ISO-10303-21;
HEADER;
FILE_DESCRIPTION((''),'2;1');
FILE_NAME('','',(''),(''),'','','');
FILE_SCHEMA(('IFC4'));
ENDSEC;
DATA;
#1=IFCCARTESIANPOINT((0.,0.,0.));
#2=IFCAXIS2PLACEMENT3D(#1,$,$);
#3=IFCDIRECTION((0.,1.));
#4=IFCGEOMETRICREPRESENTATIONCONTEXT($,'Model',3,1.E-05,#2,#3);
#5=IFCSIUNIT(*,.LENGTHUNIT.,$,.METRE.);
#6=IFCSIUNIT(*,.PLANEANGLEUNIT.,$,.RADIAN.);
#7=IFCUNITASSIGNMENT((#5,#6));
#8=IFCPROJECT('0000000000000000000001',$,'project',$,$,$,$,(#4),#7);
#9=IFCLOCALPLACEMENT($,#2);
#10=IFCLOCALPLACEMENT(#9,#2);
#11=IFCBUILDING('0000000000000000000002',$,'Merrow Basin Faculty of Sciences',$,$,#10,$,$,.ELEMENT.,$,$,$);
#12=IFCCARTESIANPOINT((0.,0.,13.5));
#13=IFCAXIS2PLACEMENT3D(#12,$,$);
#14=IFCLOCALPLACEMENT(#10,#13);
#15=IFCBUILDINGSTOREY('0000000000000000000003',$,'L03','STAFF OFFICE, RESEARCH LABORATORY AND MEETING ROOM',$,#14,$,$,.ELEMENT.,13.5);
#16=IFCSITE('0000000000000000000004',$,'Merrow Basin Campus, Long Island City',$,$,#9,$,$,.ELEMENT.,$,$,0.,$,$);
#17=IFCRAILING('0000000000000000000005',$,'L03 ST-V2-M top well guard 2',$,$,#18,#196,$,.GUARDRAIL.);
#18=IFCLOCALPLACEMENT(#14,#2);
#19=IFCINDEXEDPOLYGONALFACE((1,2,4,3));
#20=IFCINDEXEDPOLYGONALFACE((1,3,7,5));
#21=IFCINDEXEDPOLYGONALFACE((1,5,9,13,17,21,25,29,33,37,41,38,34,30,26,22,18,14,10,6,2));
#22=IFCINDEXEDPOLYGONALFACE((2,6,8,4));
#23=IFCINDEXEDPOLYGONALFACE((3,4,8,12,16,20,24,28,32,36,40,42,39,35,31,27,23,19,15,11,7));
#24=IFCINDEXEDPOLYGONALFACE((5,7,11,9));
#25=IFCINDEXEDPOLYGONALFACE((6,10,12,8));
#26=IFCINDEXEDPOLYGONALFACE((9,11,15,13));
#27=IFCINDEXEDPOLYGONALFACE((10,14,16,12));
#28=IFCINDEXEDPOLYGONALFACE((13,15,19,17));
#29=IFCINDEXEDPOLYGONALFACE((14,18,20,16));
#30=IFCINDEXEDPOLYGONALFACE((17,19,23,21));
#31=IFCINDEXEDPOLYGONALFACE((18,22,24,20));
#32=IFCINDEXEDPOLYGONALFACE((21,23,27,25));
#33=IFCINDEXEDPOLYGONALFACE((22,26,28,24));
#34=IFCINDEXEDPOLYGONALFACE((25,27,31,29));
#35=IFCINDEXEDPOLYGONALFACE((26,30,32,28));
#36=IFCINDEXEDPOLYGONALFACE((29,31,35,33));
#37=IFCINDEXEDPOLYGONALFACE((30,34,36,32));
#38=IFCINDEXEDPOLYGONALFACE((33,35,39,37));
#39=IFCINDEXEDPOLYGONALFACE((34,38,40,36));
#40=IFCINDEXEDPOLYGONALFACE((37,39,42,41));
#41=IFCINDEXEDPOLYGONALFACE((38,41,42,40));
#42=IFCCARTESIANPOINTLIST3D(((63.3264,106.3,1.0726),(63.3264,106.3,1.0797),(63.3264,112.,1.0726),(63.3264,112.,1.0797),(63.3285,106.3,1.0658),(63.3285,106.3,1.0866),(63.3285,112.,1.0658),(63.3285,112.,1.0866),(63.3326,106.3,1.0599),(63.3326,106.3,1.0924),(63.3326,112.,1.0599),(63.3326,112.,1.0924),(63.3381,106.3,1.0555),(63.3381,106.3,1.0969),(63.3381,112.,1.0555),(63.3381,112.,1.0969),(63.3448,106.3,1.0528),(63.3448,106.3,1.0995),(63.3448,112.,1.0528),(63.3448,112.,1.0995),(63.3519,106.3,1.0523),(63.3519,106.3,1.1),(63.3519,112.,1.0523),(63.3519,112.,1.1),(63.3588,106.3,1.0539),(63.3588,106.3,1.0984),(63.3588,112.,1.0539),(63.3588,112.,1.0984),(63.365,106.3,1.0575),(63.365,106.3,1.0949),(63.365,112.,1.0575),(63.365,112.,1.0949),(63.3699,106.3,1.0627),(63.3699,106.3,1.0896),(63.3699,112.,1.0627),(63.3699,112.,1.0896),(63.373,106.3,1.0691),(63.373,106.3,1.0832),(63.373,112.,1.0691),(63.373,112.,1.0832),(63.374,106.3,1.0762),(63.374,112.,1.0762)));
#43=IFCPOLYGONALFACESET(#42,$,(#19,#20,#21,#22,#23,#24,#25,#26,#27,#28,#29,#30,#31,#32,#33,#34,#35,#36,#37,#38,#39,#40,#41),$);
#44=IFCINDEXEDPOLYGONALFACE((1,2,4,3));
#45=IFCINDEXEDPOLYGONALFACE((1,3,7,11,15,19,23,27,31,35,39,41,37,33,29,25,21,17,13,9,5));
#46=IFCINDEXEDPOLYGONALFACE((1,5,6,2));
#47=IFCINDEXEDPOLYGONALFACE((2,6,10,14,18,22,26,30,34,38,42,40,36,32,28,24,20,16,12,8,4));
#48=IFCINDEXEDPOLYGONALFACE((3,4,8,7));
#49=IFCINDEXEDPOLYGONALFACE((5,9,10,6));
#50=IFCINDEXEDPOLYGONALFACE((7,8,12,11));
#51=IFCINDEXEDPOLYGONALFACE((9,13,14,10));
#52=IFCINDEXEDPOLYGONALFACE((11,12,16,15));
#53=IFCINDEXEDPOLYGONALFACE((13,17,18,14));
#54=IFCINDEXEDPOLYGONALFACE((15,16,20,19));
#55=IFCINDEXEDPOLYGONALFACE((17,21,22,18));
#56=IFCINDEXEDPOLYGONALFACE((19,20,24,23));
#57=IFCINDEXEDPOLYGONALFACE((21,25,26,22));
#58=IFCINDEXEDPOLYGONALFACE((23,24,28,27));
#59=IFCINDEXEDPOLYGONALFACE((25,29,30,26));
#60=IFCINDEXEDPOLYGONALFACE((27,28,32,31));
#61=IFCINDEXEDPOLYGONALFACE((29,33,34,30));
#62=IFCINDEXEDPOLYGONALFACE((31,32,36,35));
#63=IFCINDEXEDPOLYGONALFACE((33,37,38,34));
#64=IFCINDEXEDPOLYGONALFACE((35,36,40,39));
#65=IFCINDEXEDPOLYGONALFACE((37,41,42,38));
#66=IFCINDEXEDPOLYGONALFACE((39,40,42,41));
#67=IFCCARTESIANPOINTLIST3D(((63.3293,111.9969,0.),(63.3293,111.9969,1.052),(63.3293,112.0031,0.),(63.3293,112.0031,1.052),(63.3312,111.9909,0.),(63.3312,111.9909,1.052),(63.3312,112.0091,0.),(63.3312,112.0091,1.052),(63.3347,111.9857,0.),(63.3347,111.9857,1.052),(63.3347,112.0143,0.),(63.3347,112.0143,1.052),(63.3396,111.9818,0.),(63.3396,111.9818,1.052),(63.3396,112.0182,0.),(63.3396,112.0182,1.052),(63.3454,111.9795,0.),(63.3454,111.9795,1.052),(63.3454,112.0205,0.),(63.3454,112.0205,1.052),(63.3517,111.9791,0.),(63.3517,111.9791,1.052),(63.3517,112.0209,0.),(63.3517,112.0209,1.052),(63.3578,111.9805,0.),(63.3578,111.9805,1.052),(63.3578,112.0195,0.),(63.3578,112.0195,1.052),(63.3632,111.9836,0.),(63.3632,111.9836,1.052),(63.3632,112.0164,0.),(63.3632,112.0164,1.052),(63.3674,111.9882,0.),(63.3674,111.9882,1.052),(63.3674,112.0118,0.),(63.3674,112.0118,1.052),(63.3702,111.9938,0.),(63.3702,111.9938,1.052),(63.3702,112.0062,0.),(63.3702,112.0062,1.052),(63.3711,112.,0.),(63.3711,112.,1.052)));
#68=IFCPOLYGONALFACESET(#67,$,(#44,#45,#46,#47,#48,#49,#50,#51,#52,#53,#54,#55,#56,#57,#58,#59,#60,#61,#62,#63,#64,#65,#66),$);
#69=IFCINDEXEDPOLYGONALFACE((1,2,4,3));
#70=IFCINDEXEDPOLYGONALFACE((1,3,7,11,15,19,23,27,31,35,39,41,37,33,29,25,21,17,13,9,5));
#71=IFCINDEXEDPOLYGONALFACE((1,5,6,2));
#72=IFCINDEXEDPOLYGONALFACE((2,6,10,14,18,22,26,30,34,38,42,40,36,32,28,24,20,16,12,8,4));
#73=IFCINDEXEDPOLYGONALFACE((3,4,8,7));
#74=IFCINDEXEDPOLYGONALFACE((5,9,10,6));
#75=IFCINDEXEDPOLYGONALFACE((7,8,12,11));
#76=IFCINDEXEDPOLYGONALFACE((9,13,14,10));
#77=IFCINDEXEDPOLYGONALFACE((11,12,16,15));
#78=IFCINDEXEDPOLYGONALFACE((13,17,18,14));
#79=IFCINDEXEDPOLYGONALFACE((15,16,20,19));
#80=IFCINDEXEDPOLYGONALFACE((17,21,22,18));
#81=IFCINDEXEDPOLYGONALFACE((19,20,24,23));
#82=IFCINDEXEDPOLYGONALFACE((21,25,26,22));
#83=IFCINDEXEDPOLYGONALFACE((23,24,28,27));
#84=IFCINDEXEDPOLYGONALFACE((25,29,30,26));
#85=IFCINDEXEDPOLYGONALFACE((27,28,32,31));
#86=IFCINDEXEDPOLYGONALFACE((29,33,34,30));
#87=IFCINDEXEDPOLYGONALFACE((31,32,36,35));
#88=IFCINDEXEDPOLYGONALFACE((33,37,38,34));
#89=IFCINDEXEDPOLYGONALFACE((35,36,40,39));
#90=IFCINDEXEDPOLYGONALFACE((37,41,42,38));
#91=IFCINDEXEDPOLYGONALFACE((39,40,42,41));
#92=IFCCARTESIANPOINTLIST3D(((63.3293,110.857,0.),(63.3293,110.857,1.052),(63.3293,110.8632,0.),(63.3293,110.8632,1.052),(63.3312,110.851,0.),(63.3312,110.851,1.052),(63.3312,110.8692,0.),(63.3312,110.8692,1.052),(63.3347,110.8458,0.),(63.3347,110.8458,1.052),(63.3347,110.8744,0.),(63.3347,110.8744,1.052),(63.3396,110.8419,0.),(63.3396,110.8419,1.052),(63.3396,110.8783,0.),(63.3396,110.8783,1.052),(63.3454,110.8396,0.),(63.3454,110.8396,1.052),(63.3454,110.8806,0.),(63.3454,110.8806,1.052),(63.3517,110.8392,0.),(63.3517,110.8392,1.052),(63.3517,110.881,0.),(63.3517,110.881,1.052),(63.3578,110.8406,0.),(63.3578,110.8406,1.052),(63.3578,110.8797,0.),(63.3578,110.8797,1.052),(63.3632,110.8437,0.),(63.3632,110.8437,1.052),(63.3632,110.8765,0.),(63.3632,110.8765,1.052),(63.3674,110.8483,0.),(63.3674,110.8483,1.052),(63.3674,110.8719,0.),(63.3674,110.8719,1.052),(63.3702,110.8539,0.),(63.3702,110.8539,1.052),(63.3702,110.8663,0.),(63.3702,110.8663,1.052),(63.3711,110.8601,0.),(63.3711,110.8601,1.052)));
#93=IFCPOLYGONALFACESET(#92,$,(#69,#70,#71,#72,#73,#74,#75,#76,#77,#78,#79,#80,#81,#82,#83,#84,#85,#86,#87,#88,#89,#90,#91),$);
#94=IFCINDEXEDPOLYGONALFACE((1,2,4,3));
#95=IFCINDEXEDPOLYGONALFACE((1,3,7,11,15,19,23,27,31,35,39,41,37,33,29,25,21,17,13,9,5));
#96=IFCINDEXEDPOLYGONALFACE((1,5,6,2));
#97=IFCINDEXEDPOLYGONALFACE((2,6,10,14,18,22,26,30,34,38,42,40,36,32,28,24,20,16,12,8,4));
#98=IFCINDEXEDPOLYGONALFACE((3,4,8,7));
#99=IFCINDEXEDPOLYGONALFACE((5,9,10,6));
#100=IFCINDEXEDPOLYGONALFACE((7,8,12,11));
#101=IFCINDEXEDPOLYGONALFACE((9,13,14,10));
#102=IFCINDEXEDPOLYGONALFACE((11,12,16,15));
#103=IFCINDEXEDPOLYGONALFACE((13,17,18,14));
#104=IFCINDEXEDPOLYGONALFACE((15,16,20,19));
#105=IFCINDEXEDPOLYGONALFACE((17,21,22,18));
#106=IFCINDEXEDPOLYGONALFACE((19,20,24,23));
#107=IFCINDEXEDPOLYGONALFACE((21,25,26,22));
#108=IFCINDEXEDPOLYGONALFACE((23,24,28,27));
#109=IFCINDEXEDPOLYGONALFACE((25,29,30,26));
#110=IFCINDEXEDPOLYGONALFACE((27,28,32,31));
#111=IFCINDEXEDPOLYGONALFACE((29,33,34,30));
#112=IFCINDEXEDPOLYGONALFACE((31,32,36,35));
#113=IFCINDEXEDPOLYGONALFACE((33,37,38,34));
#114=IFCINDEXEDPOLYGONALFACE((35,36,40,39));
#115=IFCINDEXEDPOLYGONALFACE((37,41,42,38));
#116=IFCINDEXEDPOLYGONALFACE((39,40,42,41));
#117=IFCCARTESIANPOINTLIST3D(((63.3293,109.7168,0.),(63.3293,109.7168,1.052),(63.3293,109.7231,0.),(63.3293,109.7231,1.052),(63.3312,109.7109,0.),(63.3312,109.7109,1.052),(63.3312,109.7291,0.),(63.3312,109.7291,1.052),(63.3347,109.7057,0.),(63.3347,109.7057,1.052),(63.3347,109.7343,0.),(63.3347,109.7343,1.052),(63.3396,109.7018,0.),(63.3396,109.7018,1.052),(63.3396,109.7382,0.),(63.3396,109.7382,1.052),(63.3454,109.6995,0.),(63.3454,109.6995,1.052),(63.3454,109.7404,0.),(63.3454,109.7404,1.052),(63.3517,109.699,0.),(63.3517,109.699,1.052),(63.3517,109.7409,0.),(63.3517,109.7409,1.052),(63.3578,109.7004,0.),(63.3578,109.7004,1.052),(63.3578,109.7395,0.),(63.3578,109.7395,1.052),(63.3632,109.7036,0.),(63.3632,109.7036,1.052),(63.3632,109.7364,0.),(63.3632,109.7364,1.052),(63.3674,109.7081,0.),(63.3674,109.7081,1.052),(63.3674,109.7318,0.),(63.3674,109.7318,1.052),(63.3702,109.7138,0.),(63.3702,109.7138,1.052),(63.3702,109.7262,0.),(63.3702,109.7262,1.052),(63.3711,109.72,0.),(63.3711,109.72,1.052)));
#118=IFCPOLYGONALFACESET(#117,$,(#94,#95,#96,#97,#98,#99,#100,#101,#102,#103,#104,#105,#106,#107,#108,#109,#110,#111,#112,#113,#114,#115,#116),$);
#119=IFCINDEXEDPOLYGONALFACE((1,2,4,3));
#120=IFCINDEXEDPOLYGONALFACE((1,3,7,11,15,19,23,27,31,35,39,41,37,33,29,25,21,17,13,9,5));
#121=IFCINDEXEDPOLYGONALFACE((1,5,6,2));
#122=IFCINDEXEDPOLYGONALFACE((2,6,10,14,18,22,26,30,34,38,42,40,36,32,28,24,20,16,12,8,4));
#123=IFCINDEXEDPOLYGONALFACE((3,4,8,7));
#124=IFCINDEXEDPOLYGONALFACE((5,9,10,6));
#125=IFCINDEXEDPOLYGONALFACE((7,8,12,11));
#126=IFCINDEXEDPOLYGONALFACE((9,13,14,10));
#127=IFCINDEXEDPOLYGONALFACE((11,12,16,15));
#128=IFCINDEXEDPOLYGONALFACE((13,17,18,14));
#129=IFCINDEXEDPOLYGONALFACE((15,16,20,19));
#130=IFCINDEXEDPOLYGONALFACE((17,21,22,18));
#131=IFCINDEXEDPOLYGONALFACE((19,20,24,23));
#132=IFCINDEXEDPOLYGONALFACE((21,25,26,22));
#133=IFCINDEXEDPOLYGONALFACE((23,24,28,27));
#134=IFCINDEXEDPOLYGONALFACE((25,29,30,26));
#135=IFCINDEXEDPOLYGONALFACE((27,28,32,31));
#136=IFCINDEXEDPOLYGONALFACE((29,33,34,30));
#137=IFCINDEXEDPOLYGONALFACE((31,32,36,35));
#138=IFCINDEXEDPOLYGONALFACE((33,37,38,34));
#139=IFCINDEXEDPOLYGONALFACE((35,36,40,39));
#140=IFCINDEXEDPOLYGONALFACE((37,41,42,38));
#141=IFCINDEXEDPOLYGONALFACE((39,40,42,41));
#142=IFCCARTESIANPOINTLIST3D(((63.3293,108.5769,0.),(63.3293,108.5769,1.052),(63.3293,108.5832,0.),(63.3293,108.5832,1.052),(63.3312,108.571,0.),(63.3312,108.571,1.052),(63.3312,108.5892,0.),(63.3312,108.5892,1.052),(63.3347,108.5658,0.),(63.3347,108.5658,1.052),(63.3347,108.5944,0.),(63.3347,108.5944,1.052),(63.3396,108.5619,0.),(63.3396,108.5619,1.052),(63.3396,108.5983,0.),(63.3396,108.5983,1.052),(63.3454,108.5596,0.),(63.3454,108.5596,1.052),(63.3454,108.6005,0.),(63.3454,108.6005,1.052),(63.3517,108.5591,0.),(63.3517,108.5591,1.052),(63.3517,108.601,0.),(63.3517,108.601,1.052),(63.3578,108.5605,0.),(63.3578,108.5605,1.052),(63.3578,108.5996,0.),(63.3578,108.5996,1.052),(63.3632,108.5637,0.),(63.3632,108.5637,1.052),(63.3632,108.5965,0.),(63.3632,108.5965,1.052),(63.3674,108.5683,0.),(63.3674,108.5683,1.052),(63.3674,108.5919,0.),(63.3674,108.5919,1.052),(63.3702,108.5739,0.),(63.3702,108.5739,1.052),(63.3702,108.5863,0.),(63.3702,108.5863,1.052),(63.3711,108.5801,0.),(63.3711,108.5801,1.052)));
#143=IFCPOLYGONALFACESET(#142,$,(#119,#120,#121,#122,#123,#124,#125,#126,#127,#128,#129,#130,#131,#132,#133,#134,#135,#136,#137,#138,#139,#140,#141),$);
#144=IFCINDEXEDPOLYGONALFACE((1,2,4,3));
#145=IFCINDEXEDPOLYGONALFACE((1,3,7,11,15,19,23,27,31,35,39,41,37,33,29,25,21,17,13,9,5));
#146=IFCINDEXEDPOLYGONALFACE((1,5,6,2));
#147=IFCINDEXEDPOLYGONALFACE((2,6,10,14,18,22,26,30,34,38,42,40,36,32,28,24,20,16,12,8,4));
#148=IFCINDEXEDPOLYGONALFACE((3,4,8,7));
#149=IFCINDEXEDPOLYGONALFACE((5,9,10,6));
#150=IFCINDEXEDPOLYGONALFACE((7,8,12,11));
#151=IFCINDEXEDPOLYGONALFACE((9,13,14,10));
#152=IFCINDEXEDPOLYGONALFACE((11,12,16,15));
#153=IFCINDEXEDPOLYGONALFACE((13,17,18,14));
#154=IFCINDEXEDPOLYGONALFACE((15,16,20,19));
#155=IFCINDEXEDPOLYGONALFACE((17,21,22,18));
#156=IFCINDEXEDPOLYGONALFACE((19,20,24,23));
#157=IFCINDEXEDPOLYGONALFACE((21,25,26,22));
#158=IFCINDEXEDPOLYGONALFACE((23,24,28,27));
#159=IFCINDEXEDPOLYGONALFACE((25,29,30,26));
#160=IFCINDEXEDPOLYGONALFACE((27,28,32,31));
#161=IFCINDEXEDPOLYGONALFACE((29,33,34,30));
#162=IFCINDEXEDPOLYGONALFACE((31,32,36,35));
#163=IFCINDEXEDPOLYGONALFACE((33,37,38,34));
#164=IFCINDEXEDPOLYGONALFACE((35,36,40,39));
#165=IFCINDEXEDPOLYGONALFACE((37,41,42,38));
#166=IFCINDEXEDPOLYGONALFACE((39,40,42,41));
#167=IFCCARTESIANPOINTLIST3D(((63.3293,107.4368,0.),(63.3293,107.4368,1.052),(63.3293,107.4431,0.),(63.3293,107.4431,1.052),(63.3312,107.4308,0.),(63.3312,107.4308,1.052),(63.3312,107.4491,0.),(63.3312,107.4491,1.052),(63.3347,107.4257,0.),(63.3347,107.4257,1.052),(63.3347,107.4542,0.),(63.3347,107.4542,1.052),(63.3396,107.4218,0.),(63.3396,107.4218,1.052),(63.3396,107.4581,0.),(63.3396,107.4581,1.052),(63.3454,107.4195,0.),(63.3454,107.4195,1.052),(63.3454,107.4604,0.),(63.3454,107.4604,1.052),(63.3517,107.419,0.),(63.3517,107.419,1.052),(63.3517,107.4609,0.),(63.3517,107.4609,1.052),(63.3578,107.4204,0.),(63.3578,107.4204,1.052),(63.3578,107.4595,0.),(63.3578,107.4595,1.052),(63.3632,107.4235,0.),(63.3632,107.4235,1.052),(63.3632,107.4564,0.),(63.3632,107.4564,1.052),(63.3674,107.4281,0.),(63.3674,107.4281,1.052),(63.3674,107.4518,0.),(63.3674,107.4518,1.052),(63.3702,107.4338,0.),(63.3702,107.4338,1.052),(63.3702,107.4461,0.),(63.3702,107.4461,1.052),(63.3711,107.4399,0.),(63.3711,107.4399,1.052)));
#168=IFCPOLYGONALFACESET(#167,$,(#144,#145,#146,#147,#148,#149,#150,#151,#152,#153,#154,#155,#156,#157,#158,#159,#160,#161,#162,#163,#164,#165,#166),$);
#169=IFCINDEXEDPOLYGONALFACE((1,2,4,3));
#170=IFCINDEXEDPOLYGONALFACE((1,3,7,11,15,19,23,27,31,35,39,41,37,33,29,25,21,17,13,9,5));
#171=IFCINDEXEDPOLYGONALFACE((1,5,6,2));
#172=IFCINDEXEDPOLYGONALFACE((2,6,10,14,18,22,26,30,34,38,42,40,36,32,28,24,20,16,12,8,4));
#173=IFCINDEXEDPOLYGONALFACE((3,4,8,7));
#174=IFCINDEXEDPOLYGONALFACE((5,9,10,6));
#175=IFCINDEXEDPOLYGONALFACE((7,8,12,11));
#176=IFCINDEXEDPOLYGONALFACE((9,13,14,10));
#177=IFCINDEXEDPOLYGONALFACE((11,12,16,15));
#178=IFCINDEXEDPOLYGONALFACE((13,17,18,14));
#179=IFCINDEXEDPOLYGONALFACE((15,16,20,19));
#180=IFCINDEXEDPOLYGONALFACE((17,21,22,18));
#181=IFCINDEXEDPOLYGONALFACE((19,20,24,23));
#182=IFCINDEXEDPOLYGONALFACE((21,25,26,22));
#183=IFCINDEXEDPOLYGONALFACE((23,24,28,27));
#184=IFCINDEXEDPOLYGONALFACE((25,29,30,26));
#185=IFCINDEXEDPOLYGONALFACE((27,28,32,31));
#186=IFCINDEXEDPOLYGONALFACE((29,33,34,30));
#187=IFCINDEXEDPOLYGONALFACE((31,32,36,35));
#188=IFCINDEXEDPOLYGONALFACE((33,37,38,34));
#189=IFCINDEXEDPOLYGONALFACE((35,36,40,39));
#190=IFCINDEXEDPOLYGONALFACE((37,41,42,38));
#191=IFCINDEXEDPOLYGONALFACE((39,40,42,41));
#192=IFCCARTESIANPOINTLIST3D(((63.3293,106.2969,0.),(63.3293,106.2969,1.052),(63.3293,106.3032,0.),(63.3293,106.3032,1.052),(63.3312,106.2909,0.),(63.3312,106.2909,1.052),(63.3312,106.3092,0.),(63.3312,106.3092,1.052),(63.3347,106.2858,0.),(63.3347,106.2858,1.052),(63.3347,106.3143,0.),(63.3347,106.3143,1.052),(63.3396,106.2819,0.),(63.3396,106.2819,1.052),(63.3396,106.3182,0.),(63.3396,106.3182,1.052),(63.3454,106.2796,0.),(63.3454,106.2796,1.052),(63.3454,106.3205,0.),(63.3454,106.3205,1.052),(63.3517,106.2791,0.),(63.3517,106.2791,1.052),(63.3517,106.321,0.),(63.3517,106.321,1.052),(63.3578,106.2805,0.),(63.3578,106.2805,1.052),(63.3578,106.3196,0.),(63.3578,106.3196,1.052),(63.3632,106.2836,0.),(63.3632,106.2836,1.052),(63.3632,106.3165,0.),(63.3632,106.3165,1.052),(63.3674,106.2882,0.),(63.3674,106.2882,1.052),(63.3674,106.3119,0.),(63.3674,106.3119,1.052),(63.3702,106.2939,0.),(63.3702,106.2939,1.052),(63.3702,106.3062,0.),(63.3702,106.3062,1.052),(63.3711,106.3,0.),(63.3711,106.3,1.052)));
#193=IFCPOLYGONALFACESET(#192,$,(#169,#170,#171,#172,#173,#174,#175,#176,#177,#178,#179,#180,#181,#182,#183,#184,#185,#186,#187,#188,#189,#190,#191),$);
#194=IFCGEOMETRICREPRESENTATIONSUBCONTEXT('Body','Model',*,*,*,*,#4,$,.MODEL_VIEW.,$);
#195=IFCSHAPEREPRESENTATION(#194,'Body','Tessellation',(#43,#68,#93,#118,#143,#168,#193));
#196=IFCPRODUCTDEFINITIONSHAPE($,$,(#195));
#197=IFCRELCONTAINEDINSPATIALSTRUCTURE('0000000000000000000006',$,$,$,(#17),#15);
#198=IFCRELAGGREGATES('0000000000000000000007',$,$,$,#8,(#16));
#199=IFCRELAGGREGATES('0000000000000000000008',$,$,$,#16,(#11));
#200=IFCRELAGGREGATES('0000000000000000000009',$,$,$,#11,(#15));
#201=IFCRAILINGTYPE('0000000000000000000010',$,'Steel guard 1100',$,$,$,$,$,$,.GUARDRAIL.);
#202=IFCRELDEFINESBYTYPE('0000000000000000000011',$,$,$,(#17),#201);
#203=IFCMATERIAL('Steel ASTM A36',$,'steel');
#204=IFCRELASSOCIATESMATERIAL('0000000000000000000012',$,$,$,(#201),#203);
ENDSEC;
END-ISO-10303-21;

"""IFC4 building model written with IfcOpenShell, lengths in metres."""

from ifc_helpers import new_model, si_unit, direction, frame, origin, origin_2d, place, context, subcontext, project, spatial, circle, extrude, material, type_object, element, save


model = new_model("IFC4")

# Units and contexts
model_context = context("Model", 3, precision=1e-05, world=origin(), true_north=direction((0.0, 1.0)))
body_context = subcontext(model_context, "Body", "Model", "MODEL_VIEW")
ifc_project = project(units=[si_unit("LENGTHUNIT", "METRE"), si_unit("PLANEANGLEUNIT", "RADIAN")], contexts=[model_context])

# Site, building, storey
site_placement = place(None, origin())
site = spatial("IfcSite", under=ifc_project, at=site_placement, Name="Merrow Basin Campus, Long Island City", CompositionType="ELEMENT", RefElevation=0.0)
building_placement = place(site_placement, origin())
building = spatial("IfcBuilding", under=site, at=building_placement, Name="Merrow Basin Faculty of Sciences", CompositionType="ELEMENT")
storey_placement = place(building_placement, frame((0.0, 0.0, 13.5)))
storey = spatial("IfcBuildingStorey", under=building, at=storey_placement, Name="L03", Description="STAFF OFFICE, RESEARCH LABORATORY AND MEETING ROOM", CompositionType="ELEMENT", Elevation=13.5)

# Railing
ifc_material_1 = material(Name="Steel ASTM A36", Category="steel")
railing_type_1 = type_object("IfcRailingType", Name="Steel guard 1100", PredefinedType="GUARDRAIL", material=ifc_material_1)
railing_1_placement = place(storey_placement, frame((63.3501, 112.0, 0.0)))
element("IfcRailing", 1, at=railing_1_placement, inside=storey, type_object=railing_type_1, Name="L03 ST-V2-M top well guard 2", PredefinedType="GUARDRAIL", context=body_context, shape_type="SweptSolid", body=[
    extrude(circle(Radius=0.0239, at=origin_2d()), frame((0.0, 0.0, 1.0762), z_axis=(0.0, -1.0, 0.0), x_axis=(1.0, 0.0, 0.0)), (0.0, 0.0, 1.0), 5.7),
    extrude(circle(Radius=0.021, at=origin_2d()), origin(), (0.0, 0.0, 1.0), 1.052),
    extrude(circle(Radius=0.021, at=origin_2d()), frame((0.0, -1.1399, 0.0)), (0.0, 0.0, 1.0), 1.052),
    extrude(circle(Radius=0.021, at=origin_2d()), frame((0.0, -2.28, 0.0)), (0.0, 0.0, 1.0), 1.052),
    extrude(circle(Radius=0.021, at=origin_2d()), frame((0.0, -3.4199, 0.0)), (0.0, 0.0, 1.0), 1.052),
    extrude(circle(Radius=0.021, at=origin_2d()), frame((0.0, -4.5601, 0.0)), (0.0, 0.0, 1.0), 1.052),
    extrude(circle(Radius=0.021, at=origin_2d()), frame((0.0, -5.7, 0.0)), (0.0, 0.0, 1.0), 1.052),
])

save(model, "model.ifc")
